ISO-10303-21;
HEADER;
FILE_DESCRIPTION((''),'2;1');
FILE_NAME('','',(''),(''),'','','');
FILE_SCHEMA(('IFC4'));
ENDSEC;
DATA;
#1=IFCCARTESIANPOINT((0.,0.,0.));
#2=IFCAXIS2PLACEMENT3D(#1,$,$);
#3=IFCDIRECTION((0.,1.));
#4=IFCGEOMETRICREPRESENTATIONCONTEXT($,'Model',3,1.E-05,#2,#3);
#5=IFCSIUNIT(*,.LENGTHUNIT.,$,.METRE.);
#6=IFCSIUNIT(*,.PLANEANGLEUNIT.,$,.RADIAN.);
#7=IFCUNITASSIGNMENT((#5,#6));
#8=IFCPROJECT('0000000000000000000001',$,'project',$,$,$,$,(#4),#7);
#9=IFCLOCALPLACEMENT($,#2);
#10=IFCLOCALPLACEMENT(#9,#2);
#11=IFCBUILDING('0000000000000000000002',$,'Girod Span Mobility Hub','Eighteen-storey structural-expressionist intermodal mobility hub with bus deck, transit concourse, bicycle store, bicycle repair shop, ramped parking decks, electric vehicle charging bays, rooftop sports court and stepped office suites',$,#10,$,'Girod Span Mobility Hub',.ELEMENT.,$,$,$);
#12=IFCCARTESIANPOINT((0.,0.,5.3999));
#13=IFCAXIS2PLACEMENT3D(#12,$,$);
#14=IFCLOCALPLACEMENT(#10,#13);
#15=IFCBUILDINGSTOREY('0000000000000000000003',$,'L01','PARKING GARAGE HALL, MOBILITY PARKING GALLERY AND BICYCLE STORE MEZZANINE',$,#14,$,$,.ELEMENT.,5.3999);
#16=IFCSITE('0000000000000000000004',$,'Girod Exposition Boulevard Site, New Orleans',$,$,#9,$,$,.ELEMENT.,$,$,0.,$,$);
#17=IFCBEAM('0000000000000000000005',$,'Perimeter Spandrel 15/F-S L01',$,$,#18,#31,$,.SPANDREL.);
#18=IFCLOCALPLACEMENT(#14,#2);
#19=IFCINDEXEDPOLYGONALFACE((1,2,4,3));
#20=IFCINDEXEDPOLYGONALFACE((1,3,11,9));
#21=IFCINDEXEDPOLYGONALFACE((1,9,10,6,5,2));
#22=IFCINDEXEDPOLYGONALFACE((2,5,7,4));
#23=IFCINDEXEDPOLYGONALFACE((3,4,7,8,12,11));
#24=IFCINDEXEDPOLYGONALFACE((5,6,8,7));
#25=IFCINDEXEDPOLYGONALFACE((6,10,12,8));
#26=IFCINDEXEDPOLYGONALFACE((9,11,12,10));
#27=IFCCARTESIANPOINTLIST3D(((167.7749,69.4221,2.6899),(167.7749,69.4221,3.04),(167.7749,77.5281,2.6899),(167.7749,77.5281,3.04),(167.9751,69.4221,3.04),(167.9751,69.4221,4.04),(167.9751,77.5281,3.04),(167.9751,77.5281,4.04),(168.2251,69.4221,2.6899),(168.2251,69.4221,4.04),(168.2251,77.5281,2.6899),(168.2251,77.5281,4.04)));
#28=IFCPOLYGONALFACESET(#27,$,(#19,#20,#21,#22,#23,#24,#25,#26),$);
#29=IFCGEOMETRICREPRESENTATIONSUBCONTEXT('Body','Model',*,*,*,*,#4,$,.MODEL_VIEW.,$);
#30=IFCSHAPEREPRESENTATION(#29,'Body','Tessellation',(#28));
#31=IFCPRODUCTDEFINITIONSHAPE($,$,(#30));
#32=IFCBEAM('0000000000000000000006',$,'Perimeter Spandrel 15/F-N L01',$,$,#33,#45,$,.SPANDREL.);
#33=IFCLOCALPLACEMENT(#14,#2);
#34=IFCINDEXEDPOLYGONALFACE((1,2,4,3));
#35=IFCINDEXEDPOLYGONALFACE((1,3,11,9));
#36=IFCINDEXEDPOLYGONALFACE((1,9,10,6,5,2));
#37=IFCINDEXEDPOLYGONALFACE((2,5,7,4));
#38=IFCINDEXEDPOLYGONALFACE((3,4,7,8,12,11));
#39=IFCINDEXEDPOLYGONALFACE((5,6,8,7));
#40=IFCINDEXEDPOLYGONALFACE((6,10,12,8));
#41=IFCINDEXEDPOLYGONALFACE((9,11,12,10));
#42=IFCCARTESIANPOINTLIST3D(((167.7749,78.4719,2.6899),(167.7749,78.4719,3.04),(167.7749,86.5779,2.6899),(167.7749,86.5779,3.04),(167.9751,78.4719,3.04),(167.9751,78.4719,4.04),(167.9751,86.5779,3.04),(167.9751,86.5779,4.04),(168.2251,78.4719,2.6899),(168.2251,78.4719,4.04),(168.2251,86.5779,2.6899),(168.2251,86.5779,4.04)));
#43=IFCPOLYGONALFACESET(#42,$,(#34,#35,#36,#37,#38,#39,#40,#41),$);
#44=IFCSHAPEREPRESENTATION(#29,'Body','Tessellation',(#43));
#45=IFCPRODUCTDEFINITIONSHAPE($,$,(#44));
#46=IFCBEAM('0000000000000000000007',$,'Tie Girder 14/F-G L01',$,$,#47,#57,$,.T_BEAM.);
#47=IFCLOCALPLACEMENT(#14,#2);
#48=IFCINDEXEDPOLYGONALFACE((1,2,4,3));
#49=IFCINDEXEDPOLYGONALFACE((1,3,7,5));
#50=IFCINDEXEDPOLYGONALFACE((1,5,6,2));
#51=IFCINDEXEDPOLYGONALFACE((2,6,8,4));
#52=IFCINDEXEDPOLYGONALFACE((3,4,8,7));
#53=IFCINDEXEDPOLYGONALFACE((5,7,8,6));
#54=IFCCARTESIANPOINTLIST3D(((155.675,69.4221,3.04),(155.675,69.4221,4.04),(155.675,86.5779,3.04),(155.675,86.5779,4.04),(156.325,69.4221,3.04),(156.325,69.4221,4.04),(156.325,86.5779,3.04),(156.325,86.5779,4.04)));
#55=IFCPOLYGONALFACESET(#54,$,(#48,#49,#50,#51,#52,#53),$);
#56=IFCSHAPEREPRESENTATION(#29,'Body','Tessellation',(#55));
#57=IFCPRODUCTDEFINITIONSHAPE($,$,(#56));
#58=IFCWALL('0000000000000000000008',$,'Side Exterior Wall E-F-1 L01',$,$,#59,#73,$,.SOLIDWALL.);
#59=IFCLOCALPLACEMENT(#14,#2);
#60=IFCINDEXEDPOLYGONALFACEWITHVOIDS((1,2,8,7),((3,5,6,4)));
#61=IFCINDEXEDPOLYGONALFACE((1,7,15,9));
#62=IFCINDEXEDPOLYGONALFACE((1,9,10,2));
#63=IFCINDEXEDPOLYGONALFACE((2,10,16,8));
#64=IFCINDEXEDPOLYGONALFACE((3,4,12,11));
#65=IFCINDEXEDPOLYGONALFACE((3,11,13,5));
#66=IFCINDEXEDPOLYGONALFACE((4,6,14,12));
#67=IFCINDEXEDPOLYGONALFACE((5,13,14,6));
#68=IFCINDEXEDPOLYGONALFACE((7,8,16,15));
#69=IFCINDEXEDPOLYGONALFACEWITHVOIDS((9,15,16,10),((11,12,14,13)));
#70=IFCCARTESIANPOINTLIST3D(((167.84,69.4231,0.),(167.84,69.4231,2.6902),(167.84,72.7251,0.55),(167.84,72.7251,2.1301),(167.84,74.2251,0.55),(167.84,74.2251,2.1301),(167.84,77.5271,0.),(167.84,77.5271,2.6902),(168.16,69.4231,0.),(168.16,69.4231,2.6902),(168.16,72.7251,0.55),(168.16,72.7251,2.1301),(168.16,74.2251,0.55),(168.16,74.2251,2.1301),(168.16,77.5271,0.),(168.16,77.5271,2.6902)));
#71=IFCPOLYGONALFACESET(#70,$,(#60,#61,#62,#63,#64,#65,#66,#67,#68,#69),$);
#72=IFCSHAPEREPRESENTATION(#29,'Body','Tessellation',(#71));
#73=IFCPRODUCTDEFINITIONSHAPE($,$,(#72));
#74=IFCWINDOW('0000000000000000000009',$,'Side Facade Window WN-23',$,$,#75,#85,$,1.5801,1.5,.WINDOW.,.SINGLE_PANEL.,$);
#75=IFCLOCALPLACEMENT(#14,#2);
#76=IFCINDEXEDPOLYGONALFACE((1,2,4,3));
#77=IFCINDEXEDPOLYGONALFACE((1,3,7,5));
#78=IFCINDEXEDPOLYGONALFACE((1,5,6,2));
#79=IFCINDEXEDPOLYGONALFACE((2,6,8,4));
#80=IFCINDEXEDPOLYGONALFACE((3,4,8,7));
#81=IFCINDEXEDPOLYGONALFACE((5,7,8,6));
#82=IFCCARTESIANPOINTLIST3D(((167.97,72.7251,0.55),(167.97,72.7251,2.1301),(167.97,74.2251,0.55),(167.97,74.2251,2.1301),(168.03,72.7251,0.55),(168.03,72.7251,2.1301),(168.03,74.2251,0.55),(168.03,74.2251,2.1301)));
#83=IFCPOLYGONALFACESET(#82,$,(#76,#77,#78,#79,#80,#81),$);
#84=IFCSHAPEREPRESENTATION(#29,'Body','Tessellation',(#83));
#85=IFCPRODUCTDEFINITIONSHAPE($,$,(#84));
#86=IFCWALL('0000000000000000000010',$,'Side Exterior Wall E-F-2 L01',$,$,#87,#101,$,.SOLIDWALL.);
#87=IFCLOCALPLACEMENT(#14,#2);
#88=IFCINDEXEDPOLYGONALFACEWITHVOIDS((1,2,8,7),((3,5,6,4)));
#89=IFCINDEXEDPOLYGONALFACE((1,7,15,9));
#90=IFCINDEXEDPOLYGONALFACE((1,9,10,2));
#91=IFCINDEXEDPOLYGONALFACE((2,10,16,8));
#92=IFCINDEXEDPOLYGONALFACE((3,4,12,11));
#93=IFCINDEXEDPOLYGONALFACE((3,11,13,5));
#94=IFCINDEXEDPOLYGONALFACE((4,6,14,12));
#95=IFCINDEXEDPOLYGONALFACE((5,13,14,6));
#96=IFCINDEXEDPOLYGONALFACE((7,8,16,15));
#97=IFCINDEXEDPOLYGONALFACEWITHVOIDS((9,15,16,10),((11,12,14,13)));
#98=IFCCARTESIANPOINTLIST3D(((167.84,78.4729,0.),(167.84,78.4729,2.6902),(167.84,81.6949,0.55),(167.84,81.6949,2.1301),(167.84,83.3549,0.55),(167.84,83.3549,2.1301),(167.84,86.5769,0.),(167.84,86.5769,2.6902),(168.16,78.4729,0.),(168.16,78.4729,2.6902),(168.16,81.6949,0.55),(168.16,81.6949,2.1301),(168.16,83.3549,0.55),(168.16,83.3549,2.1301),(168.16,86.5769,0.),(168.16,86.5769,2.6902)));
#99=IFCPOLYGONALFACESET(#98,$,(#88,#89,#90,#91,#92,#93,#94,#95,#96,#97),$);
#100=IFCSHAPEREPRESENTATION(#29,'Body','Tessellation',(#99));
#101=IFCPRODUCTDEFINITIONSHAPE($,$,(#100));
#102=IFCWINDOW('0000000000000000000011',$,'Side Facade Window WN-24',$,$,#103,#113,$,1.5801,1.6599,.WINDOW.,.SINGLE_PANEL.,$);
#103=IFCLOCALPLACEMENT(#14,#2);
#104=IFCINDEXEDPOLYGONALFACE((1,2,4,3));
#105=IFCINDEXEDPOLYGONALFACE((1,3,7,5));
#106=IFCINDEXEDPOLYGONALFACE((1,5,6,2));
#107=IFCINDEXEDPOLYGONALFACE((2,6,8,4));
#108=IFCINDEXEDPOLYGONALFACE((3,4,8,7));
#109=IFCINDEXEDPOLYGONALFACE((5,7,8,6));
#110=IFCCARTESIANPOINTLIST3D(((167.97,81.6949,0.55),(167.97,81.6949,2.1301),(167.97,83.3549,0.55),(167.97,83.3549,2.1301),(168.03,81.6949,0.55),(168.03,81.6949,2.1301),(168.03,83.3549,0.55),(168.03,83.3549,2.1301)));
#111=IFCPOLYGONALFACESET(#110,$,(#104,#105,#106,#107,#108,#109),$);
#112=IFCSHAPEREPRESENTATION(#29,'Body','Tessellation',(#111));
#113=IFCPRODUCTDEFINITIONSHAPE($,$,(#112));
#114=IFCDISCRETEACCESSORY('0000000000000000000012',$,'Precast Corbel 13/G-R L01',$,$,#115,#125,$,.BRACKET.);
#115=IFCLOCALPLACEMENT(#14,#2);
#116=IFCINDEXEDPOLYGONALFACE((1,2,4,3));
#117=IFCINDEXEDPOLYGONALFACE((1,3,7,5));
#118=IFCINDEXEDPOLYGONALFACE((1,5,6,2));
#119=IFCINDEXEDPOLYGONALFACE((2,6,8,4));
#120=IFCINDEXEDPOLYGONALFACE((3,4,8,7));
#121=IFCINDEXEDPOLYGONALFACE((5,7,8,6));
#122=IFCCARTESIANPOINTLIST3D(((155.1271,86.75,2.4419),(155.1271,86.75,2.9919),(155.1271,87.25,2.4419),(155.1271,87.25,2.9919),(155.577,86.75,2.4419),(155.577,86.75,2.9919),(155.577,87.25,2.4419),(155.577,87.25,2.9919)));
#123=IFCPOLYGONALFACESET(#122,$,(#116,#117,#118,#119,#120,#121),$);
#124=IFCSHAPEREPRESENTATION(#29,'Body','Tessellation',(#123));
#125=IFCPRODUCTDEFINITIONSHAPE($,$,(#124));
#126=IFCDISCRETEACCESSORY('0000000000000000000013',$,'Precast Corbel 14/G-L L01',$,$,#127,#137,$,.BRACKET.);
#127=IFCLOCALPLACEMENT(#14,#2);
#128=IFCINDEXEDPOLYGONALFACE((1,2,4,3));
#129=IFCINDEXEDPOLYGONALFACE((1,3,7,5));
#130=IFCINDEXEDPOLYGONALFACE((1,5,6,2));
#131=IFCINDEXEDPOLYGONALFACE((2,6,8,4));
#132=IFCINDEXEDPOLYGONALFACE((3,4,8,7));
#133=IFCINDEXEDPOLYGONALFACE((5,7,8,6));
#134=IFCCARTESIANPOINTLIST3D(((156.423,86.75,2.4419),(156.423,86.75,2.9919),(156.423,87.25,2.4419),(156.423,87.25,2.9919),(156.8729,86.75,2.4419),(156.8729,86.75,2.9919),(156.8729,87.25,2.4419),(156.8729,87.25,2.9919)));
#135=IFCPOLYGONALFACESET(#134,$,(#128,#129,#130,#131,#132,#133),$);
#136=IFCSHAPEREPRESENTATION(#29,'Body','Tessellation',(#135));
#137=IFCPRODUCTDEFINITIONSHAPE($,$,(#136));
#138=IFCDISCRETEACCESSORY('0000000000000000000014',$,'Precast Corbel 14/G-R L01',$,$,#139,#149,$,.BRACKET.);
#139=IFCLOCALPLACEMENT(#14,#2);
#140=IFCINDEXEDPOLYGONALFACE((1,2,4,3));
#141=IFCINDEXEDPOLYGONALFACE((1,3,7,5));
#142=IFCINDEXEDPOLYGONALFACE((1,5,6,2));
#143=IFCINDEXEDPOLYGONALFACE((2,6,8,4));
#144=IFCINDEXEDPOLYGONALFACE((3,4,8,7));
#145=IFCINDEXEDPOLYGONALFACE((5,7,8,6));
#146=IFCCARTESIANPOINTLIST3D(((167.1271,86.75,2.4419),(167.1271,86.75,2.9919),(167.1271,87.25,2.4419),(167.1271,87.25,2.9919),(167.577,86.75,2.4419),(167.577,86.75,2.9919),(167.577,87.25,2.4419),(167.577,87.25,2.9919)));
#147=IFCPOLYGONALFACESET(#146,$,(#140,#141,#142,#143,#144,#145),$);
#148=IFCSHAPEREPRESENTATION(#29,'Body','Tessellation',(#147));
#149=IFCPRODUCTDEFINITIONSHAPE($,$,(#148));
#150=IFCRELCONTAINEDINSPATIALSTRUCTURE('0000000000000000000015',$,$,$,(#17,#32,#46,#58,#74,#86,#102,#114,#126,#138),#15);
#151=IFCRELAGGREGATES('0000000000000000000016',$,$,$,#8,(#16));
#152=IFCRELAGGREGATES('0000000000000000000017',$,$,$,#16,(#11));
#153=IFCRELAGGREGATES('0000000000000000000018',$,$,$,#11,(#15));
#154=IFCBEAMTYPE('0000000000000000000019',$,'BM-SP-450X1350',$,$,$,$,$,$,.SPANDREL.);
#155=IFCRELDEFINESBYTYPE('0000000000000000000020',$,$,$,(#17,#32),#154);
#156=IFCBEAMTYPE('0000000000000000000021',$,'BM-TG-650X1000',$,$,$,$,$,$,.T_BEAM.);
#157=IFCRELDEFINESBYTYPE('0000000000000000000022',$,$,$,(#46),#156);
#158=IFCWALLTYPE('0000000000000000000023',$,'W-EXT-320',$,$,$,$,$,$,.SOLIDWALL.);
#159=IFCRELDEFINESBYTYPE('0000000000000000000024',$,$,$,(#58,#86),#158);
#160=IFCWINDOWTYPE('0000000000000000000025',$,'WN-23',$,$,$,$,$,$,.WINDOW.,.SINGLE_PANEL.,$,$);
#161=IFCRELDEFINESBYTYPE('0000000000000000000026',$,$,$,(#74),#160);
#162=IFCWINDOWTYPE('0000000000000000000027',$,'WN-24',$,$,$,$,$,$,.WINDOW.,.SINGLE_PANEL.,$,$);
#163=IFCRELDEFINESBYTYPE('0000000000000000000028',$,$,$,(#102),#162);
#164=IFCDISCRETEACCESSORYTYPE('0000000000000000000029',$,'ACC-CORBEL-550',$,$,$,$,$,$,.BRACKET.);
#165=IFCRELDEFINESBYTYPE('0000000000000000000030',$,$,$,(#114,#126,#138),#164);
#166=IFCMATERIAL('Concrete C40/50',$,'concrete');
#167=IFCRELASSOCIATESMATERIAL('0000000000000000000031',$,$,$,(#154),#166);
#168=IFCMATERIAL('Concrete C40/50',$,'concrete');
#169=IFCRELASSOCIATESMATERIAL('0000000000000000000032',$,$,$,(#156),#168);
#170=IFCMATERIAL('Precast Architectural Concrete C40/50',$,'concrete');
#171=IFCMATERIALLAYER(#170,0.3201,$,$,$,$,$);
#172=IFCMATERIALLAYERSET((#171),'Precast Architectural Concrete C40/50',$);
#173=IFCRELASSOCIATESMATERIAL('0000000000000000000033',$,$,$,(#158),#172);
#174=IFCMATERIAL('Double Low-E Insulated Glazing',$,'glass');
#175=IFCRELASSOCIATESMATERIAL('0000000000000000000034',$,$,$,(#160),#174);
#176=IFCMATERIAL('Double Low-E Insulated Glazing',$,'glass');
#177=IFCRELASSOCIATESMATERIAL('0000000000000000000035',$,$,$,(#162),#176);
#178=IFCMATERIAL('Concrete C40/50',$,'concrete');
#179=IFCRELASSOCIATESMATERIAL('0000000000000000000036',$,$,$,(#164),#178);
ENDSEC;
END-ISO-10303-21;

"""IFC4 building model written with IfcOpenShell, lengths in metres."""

from ifc_helpers import new_model, si_unit, direction, frame, frame_2d, origin, origin_2d, place, context, subcontext, project, spatial, polyline, rectangle, outline, extrude, material, layer, layer_set, material_profile, profile_set, type_object, element, fill, save


model = new_model("IFC4")

# Units and contexts
model_context = context("Model", 3, precision=1e-05, world=origin(), true_north=direction((0.0, 1.0)))
body_context = subcontext(model_context, "Body", "Model", "MODEL_VIEW")
ifc_project = project(units=[si_unit("LENGTHUNIT", "METRE"), si_unit("PLANEANGLEUNIT", "RADIAN")], contexts=[model_context])

# Site, building, storey
site_placement = place(None, origin())
site = spatial("IfcSite", under=ifc_project, at=site_placement, Name="Girod Exposition Boulevard Site, New Orleans", CompositionType="ELEMENT", RefElevation=0.0)
building_placement = place(site_placement, origin())
building = spatial("IfcBuilding", under=site, at=building_placement, Name="Girod Span Mobility Hub", Description="Eighteen-storey structural-expressionist intermodal mobility hub with bus deck, transit concourse, bicycle store, bicycle repair shop, ramped parking decks, electric vehicle charging bays, rooftop sports court and stepped office suites", LongName="Girod Span Mobility Hub", CompositionType="ELEMENT")
storey_placement = place(building_placement, frame((0.0, 0.0, 5.3999)))
storey = spatial("IfcBuildingStorey", under=building, at=storey_placement, Name="L01", Description="PARKING GARAGE HALL, MOBILITY PARKING GALLERY AND BICYCLE STORE MEZZANINE", CompositionType="ELEMENT", Elevation=5.3999)

# Beams
ifc_material_1 = material(Name="Concrete C40/50", Category="concrete")
ifc_material_profile_1 = material_profile(ifc_material_1, outline(polyline([(-0.2251, -0.675), (0.2251, -0.675), (0.2251, -0.325), (0.0249, -0.325), (0.0249, 0.675), (-0.2251, 0.675), (-0.2251, -0.675)])), Name="SP-450X1350")
ifc_profile_set_1 = profile_set([ifc_material_profile_1], Name="Concrete C40/50")
beam_type_1 = type_object("IfcBeamType", Name="BM-SP-450X1350", PredefinedType="SPANDREL", material=ifc_profile_set_1)
for number, where, z_axis, x_axis, name in (
    (1, (168.0, 69.4221, 3.365), (0.0, 1.0, 0.0), (-1.0, 0.0, 0.0), "Perimeter Spandrel 15/F-S L01"),
    (2, (168.0, 78.4719, 3.365), (0.0, 1.0, 0.0), (-1.0, 0.0, 0.0), "Perimeter Spandrel 15/F-N L01"),
):
    element("IfcBeam", number, at=place(storey_placement, frame(where, z_axis=z_axis, x_axis=x_axis)), inside=storey, type_object=beam_type_1, Name=name, PredefinedType="SPANDREL", context=body_context, shape_type="SweptSolid", body=[
        extrude(outline(polyline([(-0.2251, -0.675), (0.2251, -0.675), (0.2251, -0.325), (0.0249, -0.325), (0.0249, 0.675), (-0.2251, 0.675), (-0.2251, -0.675)])), origin(), (0.0, 0.0, 1.0), 8.106),
    ])
ifc_material_2 = material(Name="Concrete C40/50", Category="concrete")
ifc_material_profile_2 = material_profile(ifc_material_2, rectangle(XDim=0.6499, YDim=1.0, at=origin_2d()), Name="TG-650X1000")
ifc_profile_set_2 = profile_set([ifc_material_profile_2], Name="Concrete C40/50")
beam_type_2 = type_object("IfcBeamType", Name="BM-TG-650X1000", PredefinedType="T_BEAM", material=ifc_profile_set_2)
beam_1_placement = place(storey_placement, frame((156.0, 69.4221, 3.54), z_axis=(0.0, 1.0, 0.0), x_axis=(-1.0, 0.0, 0.0)))
element("IfcBeam", 3, at=beam_1_placement, inside=storey, type_object=beam_type_2, Name="Tie Girder 14/F-G L01", PredefinedType="T_BEAM", context=body_context, shape_type="SweptSolid", body=[
    extrude(rectangle(XDim=0.6499, YDim=1.0, at=origin_2d()), origin(), (0.0, 0.0, 1.0), 17.1558),
])

# Walls, openings, windows
ifc_material_3 = material(Name="Precast Architectural Concrete C40/50", Category="concrete")
ifc_layer = layer(ifc_material_3, 0.3201)
ifc_layer_set = layer_set([ifc_layer], Name="Precast Architectural Concrete C40/50")
wall_type = type_object("IfcWallType", Name="W-EXT-320", PredefinedType="SOLIDWALL", material=ifc_layer_set)
wall_1_placement = place(storey_placement, frame((168.0, 69.4231, 0.0), z_axis=(0.0, 0.0, 1.0), x_axis=(0.0, 1.0, 0.0)))
wall_1 = element("IfcWall", 4, at=wall_1_placement, inside=storey, type_object=wall_type, Name="Side Exterior Wall E-F-1 L01", PredefinedType="SOLIDWALL", context=body_context, shape_type="SweptSolid", body=[
    extrude(rectangle(XDim=8.104, YDim=0.3201, at=frame_2d((4.052, 0.0))), origin(), (0.0, 0.0, 1.0), 2.6902),
])
opening_1_placement = place(wall_1_placement, frame((3.302, 0.0, 0.55)))
opening_1 = element("IfcOpeningElement", 5, at=opening_1_placement, cuts=wall_1, PredefinedType="OPENING", context=body_context, shape_type="SweptSolid", body=[
    extrude(rectangle(XDim=1.5, YDim=1.5801, at=frame_2d((0.75, 0.79))), frame((0.0, 0.175, 0.0), z_axis=(0.0, -1.0, 0.0), x_axis=(1.0, 0.0, 0.0)), (0.0, 0.0, 1.0), 0.3501),
])
ifc_material_4 = material(Name="Double Low-E Insulated Glazing", Category="glass")
window_type_1 = type_object("IfcWindowType", Name="WN-23", PartitioningType="SINGLE_PANEL", PredefinedType="WINDOW", material=ifc_material_4)
window_1_placement = place(opening_1_placement, origin())
window_1 = element("IfcWindow", 6, at=window_1_placement, inside=storey, type_object=window_type_1, Name="Side Facade Window WN-23", OverallHeight=1.5801, OverallWidth=1.5, PartitioningType="SINGLE_PANEL", PredefinedType="WINDOW", context=body_context, shape_type="SweptSolid", body=[
    extrude(rectangle(XDim=1.5, YDim=1.5801, at=frame_2d((0.75, 0.79))), frame((0.0, 0.03, 0.0), z_axis=(0.0, -1.0, 0.0), x_axis=(1.0, 0.0, 0.0)), (0.0, 0.0, 1.0), 0.0601),
])
fill(opening_1, window_1)
wall_2_placement = place(storey_placement, frame((168.0, 78.4729, 0.0), z_axis=(0.0, 0.0, 1.0), x_axis=(0.0, 1.0, 0.0)))
wall_2 = element("IfcWall", 7, at=wall_2_placement, inside=storey, type_object=wall_type, Name="Side Exterior Wall E-F-2 L01", PredefinedType="SOLIDWALL", context=body_context, shape_type="SweptSolid", body=[
    extrude(rectangle(XDim=8.104, YDim=0.3201, at=frame_2d((4.052, 0.0))), origin(), (0.0, 0.0, 1.0), 2.6902),
])
opening_2_placement = place(wall_2_placement, frame((3.2219, 0.0, 0.55)))
opening_2 = element("IfcOpeningElement", 8, at=opening_2_placement, cuts=wall_2, PredefinedType="OPENING", context=body_context, shape_type="SweptSolid", body=[
    extrude(rectangle(XDim=1.6599, YDim=1.5801, at=frame_2d((0.8301, 0.79))), frame((0.0, 0.175, 0.0), z_axis=(0.0, -1.0, 0.0), x_axis=(1.0, 0.0, 0.0)), (0.0, 0.0, 1.0), 0.3501),
])
ifc_material_5 = material(Name="Double Low-E Insulated Glazing", Category="glass")
window_type_2 = type_object("IfcWindowType", Name="WN-24", PartitioningType="SINGLE_PANEL", PredefinedType="WINDOW", material=ifc_material_5)
window_2_placement = place(opening_2_placement, origin())
window_2 = element("IfcWindow", 9, at=window_2_placement, inside=storey, type_object=window_type_2, Name="Side Facade Window WN-24", OverallHeight=1.5801, OverallWidth=1.6599, PartitioningType="SINGLE_PANEL", PredefinedType="WINDOW", context=body_context, shape_type="SweptSolid", body=[
    extrude(rectangle(XDim=1.6599, YDim=1.5801, at=frame_2d((0.8301, 0.79))), frame((0.0, 0.03, 0.0), z_axis=(0.0, -1.0, 0.0), x_axis=(1.0, 0.0, 0.0)), (0.0, 0.0, 1.0), 0.0601),
])
fill(opening_2, window_2)

# Discrete accessories
ifc_material_6 = material(Name="Concrete C40/50", Category="concrete")
discrete_accessory_type = type_object("IfcDiscreteAccessoryType", Name="ACC-CORBEL-550", PredefinedType="BRACKET", material=ifc_material_6)
for number, where, z_axis, x_axis, name in (
    (10, (155.3521, 87.0, 2.4419), (0.0, 0.0, 1.0), (1.0, 0.0, 0.0), "Precast Corbel 13/G-R L01"),
    (11, (156.6479, 87.0, 2.4419), (0.0, 0.0, 1.0), (1.0, 0.0, 0.0), "Precast Corbel 14/G-L L01"),
    (12, (167.3521, 87.0, 2.4419), (0.0, 0.0, 1.0), (1.0, 0.0, 0.0), "Precast Corbel 14/G-R L01"),
):
    element("IfcDiscreteAccessory", number, at=place(storey_placement, frame(where, z_axis=z_axis, x_axis=x_axis)), inside=storey, type_object=discrete_accessory_type, Name=name, PredefinedType="BRACKET", context=body_context, shape_type="SweptSolid", body=[
        extrude(rectangle(XDim=0.45, YDim=0.5, at=origin_2d()), origin(), (0.0, 0.0, 1.0), 0.55),
    ])

save(model, "model.ifc")
